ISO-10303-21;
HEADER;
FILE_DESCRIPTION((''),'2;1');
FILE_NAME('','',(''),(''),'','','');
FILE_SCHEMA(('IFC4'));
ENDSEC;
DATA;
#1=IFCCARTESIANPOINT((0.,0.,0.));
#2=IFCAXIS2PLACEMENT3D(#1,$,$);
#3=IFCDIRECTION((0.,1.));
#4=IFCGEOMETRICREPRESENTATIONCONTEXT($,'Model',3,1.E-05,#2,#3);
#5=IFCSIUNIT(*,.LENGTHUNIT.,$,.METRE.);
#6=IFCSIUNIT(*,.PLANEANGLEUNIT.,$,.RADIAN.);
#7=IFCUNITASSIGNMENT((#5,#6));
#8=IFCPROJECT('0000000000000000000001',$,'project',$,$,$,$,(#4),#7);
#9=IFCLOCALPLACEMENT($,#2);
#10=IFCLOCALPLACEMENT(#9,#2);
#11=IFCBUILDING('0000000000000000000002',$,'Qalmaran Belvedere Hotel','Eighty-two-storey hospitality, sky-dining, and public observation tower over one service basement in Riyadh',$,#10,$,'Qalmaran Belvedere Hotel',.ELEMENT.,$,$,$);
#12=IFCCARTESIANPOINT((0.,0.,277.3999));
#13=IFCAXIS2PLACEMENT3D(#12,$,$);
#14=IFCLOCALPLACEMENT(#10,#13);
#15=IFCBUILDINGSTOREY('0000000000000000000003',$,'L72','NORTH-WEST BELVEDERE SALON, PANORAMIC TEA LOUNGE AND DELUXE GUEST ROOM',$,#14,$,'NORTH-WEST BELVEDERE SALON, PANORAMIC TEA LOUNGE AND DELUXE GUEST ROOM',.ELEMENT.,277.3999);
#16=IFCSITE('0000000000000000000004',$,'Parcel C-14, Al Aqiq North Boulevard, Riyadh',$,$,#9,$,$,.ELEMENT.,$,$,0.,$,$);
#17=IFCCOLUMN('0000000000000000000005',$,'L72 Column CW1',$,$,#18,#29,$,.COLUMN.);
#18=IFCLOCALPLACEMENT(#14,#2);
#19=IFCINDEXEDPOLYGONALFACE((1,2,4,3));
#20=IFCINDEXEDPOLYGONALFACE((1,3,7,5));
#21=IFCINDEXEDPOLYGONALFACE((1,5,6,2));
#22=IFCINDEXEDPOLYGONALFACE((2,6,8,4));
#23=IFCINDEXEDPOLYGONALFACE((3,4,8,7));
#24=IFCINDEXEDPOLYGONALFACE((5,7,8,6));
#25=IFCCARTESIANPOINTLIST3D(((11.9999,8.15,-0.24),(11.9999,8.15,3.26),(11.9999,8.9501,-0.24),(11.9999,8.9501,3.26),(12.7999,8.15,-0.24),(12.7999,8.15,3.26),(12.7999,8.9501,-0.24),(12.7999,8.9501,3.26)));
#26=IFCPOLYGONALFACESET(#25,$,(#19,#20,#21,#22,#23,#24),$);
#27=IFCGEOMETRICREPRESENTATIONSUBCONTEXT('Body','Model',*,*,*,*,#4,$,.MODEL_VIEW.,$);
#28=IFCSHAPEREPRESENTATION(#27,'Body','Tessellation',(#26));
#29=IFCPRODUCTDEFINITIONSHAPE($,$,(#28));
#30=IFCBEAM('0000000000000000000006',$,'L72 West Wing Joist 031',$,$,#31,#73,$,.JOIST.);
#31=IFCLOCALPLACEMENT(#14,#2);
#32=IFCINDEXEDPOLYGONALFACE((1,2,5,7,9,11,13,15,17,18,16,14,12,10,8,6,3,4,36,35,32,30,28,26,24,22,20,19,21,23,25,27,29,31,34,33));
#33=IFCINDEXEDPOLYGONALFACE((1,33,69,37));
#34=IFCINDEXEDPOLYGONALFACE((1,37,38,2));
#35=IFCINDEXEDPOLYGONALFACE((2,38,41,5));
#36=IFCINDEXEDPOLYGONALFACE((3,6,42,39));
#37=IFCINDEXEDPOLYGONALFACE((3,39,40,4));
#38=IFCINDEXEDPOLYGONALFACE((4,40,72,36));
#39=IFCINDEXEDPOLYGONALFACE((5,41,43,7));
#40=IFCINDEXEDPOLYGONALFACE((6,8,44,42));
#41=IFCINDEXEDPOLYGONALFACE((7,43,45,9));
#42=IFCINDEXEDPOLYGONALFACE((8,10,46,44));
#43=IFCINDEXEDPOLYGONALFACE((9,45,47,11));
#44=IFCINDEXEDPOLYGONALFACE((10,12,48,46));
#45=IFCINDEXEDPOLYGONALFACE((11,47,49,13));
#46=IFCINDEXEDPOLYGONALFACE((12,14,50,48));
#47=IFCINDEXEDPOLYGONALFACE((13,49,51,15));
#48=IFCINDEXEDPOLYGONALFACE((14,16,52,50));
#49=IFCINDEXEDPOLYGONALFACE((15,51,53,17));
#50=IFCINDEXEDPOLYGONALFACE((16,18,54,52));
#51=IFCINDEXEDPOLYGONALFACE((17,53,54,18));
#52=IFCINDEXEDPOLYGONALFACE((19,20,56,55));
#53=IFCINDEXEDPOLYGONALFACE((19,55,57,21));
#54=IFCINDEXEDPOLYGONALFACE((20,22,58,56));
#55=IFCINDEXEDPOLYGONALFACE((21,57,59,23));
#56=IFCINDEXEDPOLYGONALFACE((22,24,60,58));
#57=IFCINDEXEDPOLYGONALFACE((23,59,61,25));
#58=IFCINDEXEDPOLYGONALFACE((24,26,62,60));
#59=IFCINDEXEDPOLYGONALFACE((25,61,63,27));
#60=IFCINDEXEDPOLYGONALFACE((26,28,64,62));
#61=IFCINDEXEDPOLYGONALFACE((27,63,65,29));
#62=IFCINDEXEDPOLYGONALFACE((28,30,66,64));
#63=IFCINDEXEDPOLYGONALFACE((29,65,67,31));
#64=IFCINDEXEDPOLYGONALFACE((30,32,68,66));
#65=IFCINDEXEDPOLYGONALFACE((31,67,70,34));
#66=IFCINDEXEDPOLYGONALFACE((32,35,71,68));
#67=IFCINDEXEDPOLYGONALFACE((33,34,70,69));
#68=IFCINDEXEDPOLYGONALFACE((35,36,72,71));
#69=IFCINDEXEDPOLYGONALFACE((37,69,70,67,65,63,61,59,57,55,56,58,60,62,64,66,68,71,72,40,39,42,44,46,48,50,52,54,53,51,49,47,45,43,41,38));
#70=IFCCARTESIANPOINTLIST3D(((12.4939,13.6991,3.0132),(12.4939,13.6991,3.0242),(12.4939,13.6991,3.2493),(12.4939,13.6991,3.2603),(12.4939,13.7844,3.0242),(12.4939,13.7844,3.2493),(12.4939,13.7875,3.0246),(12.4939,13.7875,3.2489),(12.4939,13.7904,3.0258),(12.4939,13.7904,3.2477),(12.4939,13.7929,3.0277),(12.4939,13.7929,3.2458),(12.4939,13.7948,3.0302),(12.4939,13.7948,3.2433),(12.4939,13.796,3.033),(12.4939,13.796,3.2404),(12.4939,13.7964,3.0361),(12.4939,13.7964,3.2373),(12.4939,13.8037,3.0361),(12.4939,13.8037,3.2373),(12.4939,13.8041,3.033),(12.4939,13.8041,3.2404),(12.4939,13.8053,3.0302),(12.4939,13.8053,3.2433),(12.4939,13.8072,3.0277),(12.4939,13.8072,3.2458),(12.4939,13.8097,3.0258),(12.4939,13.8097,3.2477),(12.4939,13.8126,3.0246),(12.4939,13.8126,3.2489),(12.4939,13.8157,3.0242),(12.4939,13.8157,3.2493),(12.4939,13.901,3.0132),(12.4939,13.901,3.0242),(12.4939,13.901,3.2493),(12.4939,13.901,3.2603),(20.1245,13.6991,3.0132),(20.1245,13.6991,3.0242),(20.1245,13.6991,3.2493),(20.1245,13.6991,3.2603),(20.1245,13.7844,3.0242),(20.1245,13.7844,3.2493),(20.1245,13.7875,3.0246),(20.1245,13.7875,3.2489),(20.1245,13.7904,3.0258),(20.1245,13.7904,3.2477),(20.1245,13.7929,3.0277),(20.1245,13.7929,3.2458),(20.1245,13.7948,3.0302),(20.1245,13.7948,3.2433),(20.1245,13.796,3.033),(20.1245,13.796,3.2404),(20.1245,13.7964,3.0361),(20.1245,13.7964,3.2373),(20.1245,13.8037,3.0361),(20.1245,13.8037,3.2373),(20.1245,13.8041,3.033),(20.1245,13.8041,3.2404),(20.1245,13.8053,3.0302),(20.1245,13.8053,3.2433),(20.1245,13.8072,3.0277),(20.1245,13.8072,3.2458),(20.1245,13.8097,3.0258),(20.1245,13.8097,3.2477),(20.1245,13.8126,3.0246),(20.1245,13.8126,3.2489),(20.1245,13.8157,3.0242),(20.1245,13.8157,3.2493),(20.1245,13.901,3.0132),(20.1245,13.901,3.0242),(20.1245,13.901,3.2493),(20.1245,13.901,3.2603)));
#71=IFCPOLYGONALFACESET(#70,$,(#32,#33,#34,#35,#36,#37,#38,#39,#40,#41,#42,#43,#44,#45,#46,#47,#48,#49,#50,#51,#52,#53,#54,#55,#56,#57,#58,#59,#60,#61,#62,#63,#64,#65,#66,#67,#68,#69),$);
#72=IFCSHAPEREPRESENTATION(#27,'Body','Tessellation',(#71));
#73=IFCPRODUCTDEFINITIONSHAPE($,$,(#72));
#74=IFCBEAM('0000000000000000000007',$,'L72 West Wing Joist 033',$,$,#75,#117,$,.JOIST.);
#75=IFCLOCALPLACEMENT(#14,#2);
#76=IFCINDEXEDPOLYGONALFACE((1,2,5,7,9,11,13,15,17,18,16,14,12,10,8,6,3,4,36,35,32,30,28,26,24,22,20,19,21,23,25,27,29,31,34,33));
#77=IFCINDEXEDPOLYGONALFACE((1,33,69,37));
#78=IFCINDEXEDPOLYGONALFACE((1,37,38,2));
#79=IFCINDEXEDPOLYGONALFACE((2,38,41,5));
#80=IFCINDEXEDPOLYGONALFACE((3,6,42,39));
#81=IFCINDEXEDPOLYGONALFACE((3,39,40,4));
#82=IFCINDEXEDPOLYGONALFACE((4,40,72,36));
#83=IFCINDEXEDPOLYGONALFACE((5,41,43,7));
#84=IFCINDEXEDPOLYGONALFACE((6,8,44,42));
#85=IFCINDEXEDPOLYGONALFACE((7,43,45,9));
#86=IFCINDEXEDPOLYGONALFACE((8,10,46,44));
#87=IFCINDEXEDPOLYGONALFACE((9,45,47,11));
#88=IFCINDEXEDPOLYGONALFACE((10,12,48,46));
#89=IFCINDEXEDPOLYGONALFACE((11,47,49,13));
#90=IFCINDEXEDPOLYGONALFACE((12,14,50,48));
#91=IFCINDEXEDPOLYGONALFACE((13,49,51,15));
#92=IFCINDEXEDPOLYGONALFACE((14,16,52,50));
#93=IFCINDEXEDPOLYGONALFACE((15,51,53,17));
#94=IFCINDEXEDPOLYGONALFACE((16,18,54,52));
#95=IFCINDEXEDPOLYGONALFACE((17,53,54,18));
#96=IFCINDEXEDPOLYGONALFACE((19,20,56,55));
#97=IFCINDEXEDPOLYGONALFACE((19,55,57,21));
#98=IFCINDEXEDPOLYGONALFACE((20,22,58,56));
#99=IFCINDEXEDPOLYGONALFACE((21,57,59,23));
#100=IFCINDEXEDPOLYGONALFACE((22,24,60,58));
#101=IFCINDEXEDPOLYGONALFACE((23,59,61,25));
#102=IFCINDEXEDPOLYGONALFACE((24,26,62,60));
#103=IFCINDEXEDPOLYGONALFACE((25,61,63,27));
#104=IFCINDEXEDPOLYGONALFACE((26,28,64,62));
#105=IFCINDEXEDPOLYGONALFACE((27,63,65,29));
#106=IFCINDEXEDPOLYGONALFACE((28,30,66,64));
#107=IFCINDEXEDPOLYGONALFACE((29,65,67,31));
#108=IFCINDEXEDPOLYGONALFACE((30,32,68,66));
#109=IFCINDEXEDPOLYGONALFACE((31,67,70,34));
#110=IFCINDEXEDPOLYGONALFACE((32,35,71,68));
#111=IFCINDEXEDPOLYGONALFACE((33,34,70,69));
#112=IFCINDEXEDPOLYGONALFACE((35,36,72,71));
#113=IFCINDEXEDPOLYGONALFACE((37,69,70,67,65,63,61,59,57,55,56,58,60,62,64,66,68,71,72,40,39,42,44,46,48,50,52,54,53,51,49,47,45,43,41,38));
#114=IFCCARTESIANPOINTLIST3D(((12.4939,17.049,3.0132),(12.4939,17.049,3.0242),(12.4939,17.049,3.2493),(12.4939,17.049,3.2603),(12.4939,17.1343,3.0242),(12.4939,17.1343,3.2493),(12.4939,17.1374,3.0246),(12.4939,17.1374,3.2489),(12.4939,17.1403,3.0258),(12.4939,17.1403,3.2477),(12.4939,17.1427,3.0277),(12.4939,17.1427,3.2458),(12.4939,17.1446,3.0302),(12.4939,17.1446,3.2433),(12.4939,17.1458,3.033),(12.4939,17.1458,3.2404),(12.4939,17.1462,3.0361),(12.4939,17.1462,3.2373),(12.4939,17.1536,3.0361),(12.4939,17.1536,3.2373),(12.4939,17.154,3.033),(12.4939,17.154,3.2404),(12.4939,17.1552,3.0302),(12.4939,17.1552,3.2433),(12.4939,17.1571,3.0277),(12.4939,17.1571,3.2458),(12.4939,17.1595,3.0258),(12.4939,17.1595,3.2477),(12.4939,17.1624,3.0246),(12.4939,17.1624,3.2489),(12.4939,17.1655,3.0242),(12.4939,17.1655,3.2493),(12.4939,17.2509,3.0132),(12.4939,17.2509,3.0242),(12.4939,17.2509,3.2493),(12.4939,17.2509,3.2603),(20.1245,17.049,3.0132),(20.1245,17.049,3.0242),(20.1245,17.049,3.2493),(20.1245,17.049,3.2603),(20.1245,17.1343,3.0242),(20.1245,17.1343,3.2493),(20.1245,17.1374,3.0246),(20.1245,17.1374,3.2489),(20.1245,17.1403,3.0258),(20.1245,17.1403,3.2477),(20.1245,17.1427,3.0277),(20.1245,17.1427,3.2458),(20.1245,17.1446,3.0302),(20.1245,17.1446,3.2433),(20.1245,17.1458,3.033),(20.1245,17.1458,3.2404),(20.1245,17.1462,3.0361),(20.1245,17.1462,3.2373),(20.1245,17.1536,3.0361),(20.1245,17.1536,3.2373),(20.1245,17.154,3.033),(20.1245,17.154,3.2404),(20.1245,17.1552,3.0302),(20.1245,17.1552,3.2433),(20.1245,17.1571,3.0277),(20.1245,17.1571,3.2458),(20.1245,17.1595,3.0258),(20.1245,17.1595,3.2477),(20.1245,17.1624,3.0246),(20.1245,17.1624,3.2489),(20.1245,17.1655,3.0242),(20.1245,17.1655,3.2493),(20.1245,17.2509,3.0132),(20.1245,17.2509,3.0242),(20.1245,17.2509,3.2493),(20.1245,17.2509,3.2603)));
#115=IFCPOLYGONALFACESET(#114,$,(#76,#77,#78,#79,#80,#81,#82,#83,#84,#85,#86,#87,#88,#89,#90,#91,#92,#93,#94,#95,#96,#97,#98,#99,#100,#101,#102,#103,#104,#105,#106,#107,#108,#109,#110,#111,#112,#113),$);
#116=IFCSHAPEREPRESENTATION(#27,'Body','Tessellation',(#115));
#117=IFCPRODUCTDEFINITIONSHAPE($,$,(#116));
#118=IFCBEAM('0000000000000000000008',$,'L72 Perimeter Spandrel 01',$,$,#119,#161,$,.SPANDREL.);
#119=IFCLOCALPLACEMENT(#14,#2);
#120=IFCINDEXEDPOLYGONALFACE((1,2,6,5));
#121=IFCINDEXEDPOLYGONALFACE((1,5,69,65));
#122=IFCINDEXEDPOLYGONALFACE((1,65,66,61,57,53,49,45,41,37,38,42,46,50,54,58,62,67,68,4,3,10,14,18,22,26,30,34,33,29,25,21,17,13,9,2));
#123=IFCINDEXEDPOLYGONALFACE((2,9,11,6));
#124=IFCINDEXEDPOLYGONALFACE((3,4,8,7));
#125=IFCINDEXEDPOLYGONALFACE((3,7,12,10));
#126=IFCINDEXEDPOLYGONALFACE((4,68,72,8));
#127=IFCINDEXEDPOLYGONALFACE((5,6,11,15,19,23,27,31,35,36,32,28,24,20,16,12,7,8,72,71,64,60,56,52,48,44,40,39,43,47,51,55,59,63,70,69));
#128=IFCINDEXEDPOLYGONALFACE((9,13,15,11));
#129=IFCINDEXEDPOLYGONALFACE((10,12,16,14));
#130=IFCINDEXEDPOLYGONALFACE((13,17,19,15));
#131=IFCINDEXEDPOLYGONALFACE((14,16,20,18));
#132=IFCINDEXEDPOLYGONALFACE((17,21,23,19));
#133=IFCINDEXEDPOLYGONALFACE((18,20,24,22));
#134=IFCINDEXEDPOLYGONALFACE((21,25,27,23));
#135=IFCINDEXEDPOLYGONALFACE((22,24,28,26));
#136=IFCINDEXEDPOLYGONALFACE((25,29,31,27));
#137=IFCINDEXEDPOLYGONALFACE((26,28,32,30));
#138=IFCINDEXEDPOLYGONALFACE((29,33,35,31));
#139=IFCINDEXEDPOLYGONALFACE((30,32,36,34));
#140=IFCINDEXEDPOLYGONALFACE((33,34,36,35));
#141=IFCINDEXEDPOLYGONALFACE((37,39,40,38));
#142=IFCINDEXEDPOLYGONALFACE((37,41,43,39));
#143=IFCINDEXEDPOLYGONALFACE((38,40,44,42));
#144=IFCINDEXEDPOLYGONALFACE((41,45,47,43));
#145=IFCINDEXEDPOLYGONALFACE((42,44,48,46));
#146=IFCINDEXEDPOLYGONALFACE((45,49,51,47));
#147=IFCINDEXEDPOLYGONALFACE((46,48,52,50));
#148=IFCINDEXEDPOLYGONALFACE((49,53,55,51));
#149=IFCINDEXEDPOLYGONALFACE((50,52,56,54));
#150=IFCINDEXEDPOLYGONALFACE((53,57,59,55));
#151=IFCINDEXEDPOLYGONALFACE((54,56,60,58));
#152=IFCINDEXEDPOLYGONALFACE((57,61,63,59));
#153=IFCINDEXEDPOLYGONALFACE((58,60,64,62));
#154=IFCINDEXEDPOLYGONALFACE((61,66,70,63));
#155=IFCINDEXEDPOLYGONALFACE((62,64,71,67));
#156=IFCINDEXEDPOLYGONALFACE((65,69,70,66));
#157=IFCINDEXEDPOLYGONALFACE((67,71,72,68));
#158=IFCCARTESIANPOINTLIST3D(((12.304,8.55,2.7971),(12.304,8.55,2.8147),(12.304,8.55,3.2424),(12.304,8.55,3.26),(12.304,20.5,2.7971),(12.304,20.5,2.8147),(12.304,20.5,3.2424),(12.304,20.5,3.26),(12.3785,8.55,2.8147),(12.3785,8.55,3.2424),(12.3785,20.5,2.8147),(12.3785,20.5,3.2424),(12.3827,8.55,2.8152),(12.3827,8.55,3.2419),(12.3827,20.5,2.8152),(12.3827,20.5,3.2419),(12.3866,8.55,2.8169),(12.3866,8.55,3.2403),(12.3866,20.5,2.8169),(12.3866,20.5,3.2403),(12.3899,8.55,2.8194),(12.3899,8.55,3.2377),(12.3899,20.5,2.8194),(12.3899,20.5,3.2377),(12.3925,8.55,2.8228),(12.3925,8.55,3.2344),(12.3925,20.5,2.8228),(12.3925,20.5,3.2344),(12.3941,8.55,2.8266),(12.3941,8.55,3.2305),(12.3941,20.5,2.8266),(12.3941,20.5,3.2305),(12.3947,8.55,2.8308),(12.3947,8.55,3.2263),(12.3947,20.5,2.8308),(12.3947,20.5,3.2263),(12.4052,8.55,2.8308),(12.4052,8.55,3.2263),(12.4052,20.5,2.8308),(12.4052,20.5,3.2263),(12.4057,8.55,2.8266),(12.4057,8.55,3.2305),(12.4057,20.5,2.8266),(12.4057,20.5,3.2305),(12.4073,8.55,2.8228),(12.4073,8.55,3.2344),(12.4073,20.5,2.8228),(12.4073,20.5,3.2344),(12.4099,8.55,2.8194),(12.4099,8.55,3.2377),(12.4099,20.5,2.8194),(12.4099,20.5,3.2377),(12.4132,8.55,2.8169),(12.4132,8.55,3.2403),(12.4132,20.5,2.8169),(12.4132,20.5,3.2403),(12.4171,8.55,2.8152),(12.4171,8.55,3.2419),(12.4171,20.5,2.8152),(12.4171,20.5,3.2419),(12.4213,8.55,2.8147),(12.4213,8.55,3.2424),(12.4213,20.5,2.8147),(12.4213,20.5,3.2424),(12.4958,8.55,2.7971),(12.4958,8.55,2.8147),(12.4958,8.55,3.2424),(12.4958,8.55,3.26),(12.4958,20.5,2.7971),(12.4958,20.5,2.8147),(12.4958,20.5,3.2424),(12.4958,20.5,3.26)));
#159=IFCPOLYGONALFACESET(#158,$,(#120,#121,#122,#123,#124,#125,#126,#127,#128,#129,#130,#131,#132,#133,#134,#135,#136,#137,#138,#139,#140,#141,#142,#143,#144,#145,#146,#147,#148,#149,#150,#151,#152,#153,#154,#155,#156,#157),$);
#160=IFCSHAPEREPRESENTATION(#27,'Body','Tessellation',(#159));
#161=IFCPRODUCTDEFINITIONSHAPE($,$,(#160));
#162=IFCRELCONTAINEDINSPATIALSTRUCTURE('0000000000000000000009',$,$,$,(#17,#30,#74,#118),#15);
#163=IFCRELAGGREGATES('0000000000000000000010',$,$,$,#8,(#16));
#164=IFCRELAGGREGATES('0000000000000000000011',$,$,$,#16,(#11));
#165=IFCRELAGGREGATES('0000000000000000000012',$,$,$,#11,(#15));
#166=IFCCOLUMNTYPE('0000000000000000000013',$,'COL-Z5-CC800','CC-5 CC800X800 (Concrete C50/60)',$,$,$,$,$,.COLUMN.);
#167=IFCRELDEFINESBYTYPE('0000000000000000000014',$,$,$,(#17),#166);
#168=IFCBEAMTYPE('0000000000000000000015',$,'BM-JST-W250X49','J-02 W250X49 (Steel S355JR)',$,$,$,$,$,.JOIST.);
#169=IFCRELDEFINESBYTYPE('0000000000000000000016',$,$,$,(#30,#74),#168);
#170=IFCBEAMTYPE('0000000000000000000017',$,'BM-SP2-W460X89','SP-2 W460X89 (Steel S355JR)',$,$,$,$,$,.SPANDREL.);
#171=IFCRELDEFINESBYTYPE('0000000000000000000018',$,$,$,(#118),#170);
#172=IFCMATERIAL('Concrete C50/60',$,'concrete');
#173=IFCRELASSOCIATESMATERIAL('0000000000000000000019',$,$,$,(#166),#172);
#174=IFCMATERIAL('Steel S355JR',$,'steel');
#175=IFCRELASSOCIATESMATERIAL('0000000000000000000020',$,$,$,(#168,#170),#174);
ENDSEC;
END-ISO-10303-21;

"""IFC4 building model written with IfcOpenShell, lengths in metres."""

from ifc_helpers import new_model, si_unit, direction, frame, origin, origin_2d, place, context, subcontext, project, spatial, rectangle, i_section, extrude, material, material_profile, profile_set, type_object, element, save


model = new_model("IFC4")

# Units and contexts
model_context = context("Model", 3, precision=1e-05, world=origin(), true_north=direction((0.0, 1.0)))
body_context = subcontext(model_context, "Body", "Model", "MODEL_VIEW")
ifc_project = project(units=[si_unit("LENGTHUNIT", "METRE"), si_unit("PLANEANGLEUNIT", "RADIAN")], contexts=[model_context])

# Site, building, storey
site_placement = place(None, origin())
site = spatial("IfcSite", under=ifc_project, at=site_placement, Name="Parcel C-14, Al Aqiq North Boulevard, Riyadh", CompositionType="ELEMENT", RefElevation=0.0)
building_placement = place(site_placement, origin())
building = spatial("IfcBuilding", under=site, at=building_placement, Name="Qalmaran Belvedere Hotel", Description="Eighty-two-storey hospitality, sky-dining, and public observation tower over one service basement in Riyadh", LongName="Qalmaran Belvedere Hotel", CompositionType="ELEMENT")
storey_placement = place(building_placement, frame((0.0, 0.0, 277.3999)))
storey = spatial("IfcBuildingStorey", under=building, at=storey_placement, Name="L72", Description="NORTH-WEST BELVEDERE SALON, PANORAMIC TEA LOUNGE AND DELUXE GUEST ROOM", LongName="NORTH-WEST BELVEDERE SALON, PANORAMIC TEA LOUNGE AND DELUXE GUEST ROOM", CompositionType="ELEMENT", Elevation=277.3999)

# Column
ifc_material_1 = material(Name="Concrete C50/60", Category="concrete")
ifc_material_profile_1 = material_profile(ifc_material_1, rectangle(XDim=0.8, YDim=0.8, at=origin_2d()), Name="CC800X800")
ifc_profile_set_1 = profile_set([ifc_material_profile_1], Name="Concrete C50/60")
column_type = type_object("IfcColumnType", Name="COL-Z5-CC800", Description="CC-5 CC800X800 (Concrete C50/60)", PredefinedType="COLUMN", material=ifc_profile_set_1)
column_placement = place(storey_placement, frame((12.3999, 8.55, -0.24), z_axis=(0.0, 0.0, 1.0), x_axis=(1.0, 0.0, 0.0)))
element("IfcColumn", 1, at=column_placement, inside=storey, type_object=column_type, Name="L72 Column CW1", PredefinedType="COLUMN", context=body_context, shape_type="SweptSolid", body=[
    extrude(rectangle(XDim=0.8, YDim=0.8, at=origin_2d()), origin(), (0.0, 0.0, 1.0), 3.5),
])

# Beams
ifc_material_2 = material(Name="Steel S355JR", Category="steel")
ifc_material_profile_2 = material_profile(ifc_material_2, i_section(OverallWidth=0.2019, OverallDepth=0.2471, WebThickness=0.0073, FlangeThickness=0.011, FilletRadius=0.012, at=origin_2d()), Name="W250X49")
ifc_profile_set_2 = profile_set([ifc_material_profile_2], Name="Steel S355JR")
beam_type_1 = type_object("IfcBeamType", Name="BM-JST-W250X49", Description="J-02 W250X49 (Steel S355JR)", PredefinedType="JOIST", material=ifc_profile_set_2)
for number, where, z_axis, x_axis, name in (
    (2, (12.4939, 13.8, 3.1367), (1.0, 0.0, 0.0), (0.0, 1.0, 0.0), "L72 West Wing Joist 031"),
    (3, (12.4939, 17.1499, 3.1367), (1.0, 0.0, 0.0), (0.0, 1.0, 0.0), "L72 West Wing Joist 033"),
):
    element("IfcBeam", number, at=place(storey_placement, frame(where, z_axis=z_axis, x_axis=x_axis)), inside=storey, type_object=beam_type_1, Name=name, PredefinedType="JOIST", context=body_context, shape_type="SweptSolid", body=[
        extrude(i_section(OverallWidth=0.2019, OverallDepth=0.2471, WebThickness=0.0073, FlangeThickness=0.011, FilletRadius=0.012, at=origin_2d()), origin(), (0.0, 0.0, 1.0), 7.6306),
    ])
ifc_material_profile_3 = material_profile(ifc_material_2, i_section(OverallWidth=0.1919, OverallDepth=0.4629, WebThickness=0.0105, FlangeThickness=0.0176, FilletRadius=0.0161, at=origin_2d()), Name="W460X89")
ifc_profile_set_3 = profile_set([ifc_material_profile_3], Name="Steel S355JR")
beam_type_2 = type_object("IfcBeamType", Name="BM-SP2-W460X89", Description="SP-2 W460X89 (Steel S355JR)", PredefinedType="SPANDREL", material=ifc_profile_set_3)
beam_1_placement = place(storey_placement, frame((12.3999, 8.55, 3.0286), z_axis=(0.0, 1.0, 0.0), x_axis=(-1.0, 0.0, 0.0)))
element("IfcBeam", 4, at=beam_1_placement, inside=storey, type_object=beam_type_2, Name="L72 Perimeter Spandrel 01", PredefinedType="SPANDREL", context=body_context, shape_type="SweptSolid", body=[
    extrude(i_section(OverallWidth=0.1919, OverallDepth=0.4629, WebThickness=0.0105, FlangeThickness=0.0176, FilletRadius=0.0161, at=origin_2d()), origin(), (0.0, 0.0, 1.0), 11.95),
])

save(model, "model.ifc")
